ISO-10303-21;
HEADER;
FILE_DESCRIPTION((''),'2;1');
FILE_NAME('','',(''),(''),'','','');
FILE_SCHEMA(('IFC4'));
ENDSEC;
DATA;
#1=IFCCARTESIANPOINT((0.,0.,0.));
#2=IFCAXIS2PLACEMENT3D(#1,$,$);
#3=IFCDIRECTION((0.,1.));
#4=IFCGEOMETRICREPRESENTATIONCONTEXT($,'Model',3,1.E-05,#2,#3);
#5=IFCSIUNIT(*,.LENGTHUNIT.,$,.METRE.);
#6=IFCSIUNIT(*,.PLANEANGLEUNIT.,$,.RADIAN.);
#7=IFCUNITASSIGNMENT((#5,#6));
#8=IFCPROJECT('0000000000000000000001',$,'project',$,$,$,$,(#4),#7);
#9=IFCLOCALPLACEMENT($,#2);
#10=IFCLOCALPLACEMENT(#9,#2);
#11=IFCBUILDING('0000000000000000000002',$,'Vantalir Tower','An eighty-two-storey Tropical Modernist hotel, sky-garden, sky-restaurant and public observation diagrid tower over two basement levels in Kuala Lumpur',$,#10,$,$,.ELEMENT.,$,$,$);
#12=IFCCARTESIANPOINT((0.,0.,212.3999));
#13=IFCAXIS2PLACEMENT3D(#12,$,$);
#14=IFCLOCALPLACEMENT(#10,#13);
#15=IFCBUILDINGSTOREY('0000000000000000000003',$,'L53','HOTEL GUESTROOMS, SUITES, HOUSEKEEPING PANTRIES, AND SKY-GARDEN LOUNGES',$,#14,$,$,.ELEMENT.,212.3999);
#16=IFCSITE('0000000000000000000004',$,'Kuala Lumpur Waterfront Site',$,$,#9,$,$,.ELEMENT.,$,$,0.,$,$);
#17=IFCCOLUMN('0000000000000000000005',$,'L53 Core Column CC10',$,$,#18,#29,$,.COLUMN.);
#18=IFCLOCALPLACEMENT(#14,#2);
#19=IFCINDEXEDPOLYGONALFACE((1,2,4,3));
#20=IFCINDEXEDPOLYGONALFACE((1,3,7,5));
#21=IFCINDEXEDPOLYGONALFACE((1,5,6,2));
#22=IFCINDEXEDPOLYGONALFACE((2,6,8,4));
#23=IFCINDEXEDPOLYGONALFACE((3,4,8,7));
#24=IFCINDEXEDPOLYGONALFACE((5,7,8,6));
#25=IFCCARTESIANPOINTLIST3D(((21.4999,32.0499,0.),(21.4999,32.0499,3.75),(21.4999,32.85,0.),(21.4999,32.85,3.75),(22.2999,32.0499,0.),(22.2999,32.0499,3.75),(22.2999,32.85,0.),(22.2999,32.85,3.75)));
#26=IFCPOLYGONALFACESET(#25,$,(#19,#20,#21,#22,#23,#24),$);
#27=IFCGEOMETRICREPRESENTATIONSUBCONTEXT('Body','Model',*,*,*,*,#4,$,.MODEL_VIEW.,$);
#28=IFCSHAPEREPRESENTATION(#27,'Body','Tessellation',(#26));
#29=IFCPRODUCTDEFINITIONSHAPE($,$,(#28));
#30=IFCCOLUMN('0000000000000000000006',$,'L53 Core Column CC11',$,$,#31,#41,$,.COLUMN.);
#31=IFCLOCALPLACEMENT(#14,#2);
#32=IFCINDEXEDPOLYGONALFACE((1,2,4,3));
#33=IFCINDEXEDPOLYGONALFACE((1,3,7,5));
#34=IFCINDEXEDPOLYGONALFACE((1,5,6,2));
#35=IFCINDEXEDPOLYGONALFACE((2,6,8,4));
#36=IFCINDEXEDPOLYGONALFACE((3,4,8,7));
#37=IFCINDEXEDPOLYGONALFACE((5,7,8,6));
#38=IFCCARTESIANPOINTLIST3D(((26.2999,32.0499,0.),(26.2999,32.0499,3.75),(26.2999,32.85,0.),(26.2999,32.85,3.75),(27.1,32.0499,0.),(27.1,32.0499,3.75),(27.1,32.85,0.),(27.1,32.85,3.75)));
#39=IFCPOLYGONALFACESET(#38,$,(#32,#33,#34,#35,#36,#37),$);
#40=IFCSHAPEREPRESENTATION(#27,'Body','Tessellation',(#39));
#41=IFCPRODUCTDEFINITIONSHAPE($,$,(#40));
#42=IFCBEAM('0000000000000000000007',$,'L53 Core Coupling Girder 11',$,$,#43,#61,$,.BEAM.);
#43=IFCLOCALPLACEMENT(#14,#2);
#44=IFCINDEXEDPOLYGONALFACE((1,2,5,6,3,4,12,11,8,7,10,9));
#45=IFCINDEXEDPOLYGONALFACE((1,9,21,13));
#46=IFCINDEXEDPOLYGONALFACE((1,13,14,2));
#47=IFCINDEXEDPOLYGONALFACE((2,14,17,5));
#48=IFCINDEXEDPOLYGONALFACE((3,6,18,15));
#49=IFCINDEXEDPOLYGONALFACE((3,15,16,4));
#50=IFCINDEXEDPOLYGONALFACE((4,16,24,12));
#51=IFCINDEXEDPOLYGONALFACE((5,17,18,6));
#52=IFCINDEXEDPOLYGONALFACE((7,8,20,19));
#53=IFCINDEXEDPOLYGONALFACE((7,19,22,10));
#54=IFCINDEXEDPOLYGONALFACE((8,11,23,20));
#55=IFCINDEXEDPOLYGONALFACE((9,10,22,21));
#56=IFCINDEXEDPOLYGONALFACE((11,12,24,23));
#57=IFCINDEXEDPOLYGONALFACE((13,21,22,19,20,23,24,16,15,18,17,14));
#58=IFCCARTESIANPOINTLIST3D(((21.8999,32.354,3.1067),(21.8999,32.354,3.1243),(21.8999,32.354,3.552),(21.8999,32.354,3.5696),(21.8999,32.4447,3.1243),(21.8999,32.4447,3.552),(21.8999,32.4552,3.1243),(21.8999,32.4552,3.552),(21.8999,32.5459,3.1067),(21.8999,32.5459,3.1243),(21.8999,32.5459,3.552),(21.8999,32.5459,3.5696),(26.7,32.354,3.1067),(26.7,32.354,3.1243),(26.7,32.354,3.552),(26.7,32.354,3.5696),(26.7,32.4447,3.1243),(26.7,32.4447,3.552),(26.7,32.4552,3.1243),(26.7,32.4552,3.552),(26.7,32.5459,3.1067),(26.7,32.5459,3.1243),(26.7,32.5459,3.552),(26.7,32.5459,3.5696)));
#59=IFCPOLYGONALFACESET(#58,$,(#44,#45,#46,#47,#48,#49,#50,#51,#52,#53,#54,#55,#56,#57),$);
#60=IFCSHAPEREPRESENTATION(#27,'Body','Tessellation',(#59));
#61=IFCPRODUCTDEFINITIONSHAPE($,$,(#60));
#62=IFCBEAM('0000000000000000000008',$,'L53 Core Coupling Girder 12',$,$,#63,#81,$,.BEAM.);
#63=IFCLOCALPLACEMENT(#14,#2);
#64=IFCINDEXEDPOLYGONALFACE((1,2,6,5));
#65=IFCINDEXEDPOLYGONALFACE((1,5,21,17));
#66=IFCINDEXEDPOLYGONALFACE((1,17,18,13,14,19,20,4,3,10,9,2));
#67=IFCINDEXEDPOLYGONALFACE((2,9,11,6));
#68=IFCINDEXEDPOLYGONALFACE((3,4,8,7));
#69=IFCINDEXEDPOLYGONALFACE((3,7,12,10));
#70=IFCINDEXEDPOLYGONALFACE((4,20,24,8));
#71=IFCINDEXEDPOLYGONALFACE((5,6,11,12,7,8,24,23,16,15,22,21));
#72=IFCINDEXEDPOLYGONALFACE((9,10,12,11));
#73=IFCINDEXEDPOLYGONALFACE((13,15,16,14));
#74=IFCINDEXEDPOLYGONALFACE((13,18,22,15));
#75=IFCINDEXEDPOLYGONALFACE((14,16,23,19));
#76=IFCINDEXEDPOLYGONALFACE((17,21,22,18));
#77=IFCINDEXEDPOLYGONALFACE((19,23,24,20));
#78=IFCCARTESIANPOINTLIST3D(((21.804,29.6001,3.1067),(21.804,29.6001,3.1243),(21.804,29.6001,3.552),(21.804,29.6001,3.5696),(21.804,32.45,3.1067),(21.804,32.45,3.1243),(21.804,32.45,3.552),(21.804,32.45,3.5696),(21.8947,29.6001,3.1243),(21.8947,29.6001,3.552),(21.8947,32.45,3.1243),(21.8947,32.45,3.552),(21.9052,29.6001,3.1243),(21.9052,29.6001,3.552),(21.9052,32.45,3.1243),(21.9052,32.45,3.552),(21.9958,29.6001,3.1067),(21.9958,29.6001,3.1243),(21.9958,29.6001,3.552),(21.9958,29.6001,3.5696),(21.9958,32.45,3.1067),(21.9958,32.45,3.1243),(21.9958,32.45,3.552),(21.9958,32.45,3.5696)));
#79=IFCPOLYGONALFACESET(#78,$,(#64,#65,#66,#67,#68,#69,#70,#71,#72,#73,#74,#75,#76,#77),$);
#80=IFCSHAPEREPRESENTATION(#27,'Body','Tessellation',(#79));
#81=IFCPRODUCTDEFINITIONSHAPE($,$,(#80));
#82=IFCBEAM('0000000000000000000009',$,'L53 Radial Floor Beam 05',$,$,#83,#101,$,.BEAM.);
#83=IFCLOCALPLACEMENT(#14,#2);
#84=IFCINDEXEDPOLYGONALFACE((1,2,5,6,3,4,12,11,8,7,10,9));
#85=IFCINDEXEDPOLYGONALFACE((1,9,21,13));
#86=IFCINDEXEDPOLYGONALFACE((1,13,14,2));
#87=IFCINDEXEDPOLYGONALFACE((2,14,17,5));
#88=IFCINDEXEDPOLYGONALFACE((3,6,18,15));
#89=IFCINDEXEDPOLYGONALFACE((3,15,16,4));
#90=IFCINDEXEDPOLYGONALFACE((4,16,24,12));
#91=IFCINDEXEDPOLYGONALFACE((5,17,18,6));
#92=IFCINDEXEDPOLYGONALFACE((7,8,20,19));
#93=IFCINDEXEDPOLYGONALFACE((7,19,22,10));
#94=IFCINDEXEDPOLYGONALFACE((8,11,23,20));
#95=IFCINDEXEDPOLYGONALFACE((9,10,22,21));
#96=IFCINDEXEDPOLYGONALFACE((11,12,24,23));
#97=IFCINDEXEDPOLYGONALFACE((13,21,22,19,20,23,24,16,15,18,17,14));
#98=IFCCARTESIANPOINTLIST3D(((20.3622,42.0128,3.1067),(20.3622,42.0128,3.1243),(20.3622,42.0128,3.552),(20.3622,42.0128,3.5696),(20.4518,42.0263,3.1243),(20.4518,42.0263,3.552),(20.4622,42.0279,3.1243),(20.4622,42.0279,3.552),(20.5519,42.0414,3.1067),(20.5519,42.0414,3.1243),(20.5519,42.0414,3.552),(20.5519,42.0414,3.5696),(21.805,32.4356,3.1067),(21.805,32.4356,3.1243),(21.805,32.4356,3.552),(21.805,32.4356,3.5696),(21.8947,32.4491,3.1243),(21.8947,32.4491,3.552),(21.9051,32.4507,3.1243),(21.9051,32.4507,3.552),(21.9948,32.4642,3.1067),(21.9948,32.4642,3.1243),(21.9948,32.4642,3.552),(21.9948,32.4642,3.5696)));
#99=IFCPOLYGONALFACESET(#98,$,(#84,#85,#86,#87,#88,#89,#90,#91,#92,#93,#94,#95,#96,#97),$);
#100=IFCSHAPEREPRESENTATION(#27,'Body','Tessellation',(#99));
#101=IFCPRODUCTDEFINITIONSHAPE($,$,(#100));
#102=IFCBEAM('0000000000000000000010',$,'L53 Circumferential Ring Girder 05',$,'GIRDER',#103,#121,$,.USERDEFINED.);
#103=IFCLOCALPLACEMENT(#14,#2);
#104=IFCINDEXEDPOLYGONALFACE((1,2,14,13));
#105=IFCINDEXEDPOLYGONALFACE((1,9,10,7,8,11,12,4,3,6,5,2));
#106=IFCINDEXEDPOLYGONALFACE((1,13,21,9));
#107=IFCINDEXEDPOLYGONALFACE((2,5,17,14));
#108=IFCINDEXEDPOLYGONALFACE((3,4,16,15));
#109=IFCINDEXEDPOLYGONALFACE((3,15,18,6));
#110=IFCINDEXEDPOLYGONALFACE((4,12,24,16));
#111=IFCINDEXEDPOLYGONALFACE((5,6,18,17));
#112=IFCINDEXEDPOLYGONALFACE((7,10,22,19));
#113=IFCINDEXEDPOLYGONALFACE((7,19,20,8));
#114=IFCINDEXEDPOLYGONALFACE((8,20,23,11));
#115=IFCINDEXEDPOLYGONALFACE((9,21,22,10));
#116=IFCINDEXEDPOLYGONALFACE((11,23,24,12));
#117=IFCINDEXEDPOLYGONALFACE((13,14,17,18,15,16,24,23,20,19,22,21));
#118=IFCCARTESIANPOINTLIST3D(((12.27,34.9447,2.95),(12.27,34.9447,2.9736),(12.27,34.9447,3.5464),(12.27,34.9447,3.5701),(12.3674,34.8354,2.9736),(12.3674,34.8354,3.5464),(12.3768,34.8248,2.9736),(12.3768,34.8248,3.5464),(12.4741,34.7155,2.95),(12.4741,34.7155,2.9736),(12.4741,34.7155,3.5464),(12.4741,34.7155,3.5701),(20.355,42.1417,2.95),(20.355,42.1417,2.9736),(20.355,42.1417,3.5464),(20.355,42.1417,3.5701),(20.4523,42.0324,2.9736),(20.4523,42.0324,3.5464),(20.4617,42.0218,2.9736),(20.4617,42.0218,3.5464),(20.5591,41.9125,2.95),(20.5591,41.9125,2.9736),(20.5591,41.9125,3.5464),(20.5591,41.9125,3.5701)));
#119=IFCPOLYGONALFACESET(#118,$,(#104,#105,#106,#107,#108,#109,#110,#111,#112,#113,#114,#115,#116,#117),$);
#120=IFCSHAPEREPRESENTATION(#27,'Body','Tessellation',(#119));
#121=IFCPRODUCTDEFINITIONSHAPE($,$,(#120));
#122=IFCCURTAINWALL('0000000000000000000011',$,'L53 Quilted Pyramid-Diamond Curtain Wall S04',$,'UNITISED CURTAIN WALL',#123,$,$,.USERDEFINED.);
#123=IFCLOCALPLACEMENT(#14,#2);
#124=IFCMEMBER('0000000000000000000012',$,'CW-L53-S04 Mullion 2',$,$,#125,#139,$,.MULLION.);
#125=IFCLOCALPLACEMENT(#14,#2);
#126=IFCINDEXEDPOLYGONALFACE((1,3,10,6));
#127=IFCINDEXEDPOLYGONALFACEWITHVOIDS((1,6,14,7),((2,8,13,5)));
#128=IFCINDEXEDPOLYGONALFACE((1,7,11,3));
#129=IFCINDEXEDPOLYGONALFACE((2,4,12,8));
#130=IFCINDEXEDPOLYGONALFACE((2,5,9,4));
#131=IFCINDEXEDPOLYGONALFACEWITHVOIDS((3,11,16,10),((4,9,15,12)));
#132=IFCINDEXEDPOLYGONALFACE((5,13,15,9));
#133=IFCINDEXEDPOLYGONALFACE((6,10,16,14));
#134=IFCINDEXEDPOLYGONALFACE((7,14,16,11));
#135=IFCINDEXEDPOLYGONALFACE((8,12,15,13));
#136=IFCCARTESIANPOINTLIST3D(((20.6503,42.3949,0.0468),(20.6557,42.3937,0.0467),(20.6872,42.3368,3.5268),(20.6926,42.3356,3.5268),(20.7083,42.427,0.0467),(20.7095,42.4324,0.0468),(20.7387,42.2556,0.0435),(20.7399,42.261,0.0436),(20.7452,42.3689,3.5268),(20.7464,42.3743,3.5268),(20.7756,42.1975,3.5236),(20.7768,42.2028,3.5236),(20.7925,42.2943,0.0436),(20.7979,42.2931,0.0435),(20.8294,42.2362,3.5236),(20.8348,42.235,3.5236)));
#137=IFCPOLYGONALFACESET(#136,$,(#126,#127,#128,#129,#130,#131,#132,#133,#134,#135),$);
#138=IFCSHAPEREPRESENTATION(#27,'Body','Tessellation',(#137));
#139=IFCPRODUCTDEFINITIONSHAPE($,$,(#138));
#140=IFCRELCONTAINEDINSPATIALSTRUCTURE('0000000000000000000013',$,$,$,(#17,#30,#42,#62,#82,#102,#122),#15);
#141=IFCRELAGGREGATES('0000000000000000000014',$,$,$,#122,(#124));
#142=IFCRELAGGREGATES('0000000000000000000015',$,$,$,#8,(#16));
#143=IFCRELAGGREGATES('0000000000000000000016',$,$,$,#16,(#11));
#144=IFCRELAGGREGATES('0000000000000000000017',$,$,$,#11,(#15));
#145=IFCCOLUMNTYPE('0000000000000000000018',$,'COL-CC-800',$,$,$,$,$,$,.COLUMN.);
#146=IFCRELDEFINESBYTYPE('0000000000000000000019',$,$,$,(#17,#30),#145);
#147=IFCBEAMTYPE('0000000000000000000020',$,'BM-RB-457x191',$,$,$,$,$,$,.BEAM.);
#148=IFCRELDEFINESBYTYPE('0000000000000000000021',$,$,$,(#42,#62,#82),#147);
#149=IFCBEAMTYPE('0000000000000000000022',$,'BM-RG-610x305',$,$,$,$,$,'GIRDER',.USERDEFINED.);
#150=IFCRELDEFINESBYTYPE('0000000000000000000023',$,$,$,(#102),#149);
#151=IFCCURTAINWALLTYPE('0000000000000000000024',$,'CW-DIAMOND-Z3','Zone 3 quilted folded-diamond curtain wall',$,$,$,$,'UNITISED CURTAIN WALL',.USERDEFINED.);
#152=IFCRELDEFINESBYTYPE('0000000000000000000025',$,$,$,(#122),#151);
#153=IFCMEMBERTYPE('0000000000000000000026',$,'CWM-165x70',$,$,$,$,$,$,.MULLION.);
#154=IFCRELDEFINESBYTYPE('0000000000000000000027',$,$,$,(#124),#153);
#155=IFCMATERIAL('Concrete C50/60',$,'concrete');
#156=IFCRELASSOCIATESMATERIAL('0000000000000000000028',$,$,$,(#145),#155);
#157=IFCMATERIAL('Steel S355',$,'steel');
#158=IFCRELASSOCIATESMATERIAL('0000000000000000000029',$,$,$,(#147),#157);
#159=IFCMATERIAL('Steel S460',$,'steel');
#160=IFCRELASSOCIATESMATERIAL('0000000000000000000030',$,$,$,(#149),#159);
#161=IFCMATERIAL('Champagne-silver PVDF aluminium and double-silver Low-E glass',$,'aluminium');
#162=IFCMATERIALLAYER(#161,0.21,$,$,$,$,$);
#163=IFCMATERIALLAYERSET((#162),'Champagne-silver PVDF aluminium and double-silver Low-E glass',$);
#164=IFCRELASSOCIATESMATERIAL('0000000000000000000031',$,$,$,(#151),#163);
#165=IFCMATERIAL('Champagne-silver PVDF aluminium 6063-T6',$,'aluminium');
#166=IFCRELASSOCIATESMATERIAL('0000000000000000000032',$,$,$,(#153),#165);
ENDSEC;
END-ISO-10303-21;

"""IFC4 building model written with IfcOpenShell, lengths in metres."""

from ifc_helpers import new_model, si_unit, direction, frame, origin, origin_2d, place, context, subcontext, project, spatial, rectangle, hollow_rectangle, i_section, extrude, material, layer, layer_set, material_profile, profile_set, type_object, element, aggregate, save


model = new_model("IFC4")

# Units and contexts
model_context = context("Model", 3, precision=1e-05, world=origin(), true_north=direction((0.0, 1.0)))
body_context = subcontext(model_context, "Body", "Model", "MODEL_VIEW")
ifc_project = project(units=[si_unit("LENGTHUNIT", "METRE"), si_unit("PLANEANGLEUNIT", "RADIAN")], contexts=[model_context])

# Site, building, storey
site_placement = place(None, origin())
site = spatial("IfcSite", under=ifc_project, at=site_placement, Name="Kuala Lumpur Waterfront Site", CompositionType="ELEMENT", RefElevation=0.0)
building_placement = place(site_placement, origin())
building = spatial("IfcBuilding", under=site, at=building_placement, Name="Vantalir Tower", Description="An eighty-two-storey Tropical Modernist hotel, sky-garden, sky-restaurant and public observation diagrid tower over two basement levels in Kuala Lumpur", CompositionType="ELEMENT")
storey_placement = place(building_placement, frame((0.0, 0.0, 212.3999)))
storey = spatial("IfcBuildingStorey", under=building, at=storey_placement, Name="L53", Description="HOTEL GUESTROOMS, SUITES, HOUSEKEEPING PANTRIES, AND SKY-GARDEN LOUNGES", CompositionType="ELEMENT", Elevation=212.3999)

# Columns
ifc_material_1 = material(Name="Concrete C50/60", Category="concrete")
ifc_material_profile_1 = material_profile(ifc_material_1, rectangle(XDim=0.8, YDim=0.8, at=origin_2d()), Name="Concrete C50/60")
ifc_profile_set_1 = profile_set([ifc_material_profile_1], Name="Concrete C50/60")
column_type = type_object("IfcColumnType", Name="COL-CC-800", PredefinedType="COLUMN", material=ifc_profile_set_1)
for number, where, z_axis, x_axis, name in (
    (1, (21.8999, 32.45, 0.0), (0.0, 0.0, 1.0), (1.0, 0.0, 0.0), "L53 Core Column CC10"),
    (2, (26.7, 32.45, 0.0), (0.0, 0.0, 1.0), (1.0, 0.0, 0.0), "L53 Core Column CC11"),
):
    element("IfcColumn", number, at=place(storey_placement, frame(where, z_axis=z_axis, x_axis=x_axis)), inside=storey, type_object=column_type, Name=name, PredefinedType="COLUMN", context=body_context, shape_type="SweptSolid", body=[
        extrude(rectangle(XDim=0.8, YDim=0.8, at=origin_2d()), origin(), (0.0, 0.0, 1.0), 3.75),
    ])

# Beams
ifc_material_2 = material(Name="Steel S355", Category="steel")
ifc_material_profile_2 = material_profile(ifc_material_2, i_section(OverallWidth=0.1919, OverallDepth=0.4629, WebThickness=0.0105, FlangeThickness=0.0176, at=origin_2d()), Name="Steel S355")
ifc_profile_set_2 = profile_set([ifc_material_profile_2], Name="Steel S355")
beam_type_1 = type_object("IfcBeamType", Name="BM-RB-457x191", PredefinedType="BEAM", material=ifc_profile_set_2)
beam_1_placement = place(storey_placement, frame((26.7, 32.45, 3.3381), z_axis=(-1.0, 0.0, 0.0), x_axis=(0.0, -1.0, 0.0)))
element("IfcBeam", 3, at=beam_1_placement, inside=storey, type_object=beam_type_1, Name="L53 Core Coupling Girder 11", PredefinedType="BEAM", context=body_context, shape_type="SweptSolid", body=[
    extrude(i_section(OverallWidth=0.1919, OverallDepth=0.4629, WebThickness=0.0105, FlangeThickness=0.0176, at=origin_2d()), origin(), (0.0, 0.0, 1.0), 4.8),
])
beam_2_placement = place(storey_placement, frame((21.8999, 32.45, 3.3381), z_axis=(0.0, -1.0, 0.0), x_axis=(1.0, 0.0, 0.0)))
element("IfcBeam", 4, at=beam_2_placement, inside=storey, type_object=beam_type_1, Name="L53 Core Coupling Girder 12", PredefinedType="BEAM", context=body_context, shape_type="SweptSolid", body=[
    extrude(i_section(OverallWidth=0.1919, OverallDepth=0.4629, WebThickness=0.0105, FlangeThickness=0.0176, at=origin_2d()), origin(), (0.0, 0.0, 1.0), 2.8499),
])
beam_3_placement = place(storey_placement, frame((20.457, 42.0271, 3.3381), z_axis=(0.148976, -0.988841, 0.0), x_axis=(0.988841, 0.148976, 0.0)))
element("IfcBeam", 5, at=beam_3_placement, inside=storey, type_object=beam_type_1, Name="L53 Radial Floor Beam 05", PredefinedType="BEAM", context=body_context, shape_type="SweptSolid", body=[
    extrude(i_section(OverallWidth=0.1919, OverallDepth=0.4629, WebThickness=0.0105, FlangeThickness=0.0176, at=origin_2d()), origin(), (0.0, 0.0, 1.0), 9.6853),
])
ifc_material_3 = material(Name="Steel S460", Category="steel")
ifc_material_profile_3 = material_profile(ifc_material_3, i_section(OverallWidth=0.3069, OverallDepth=0.6201, WebThickness=0.0142, FlangeThickness=0.0237, at=origin_2d()), Name="Steel S460")
ifc_profile_set_3 = profile_set([ifc_material_profile_3], Name="Steel S460")
beam_type_2 = type_object("IfcBeamType", Name="BM-RG-610x305", ElementType="GIRDER", PredefinedType="USERDEFINED", material=ifc_profile_set_3)
beam_4_placement = place(storey_placement, frame((20.457, 42.0271, 3.26), z_axis=(-0.746933, -0.6649, 0.0), x_axis=(0.6649, -0.746933, 0.0)))
element("IfcBeam", 6, at=beam_4_placement, inside=storey, type_object=beam_type_2, Name="L53 Circumferential Ring Girder 05", ObjectType="GIRDER", PredefinedType="USERDEFINED", context=body_context, shape_type="SweptSolid", body=[
    extrude(i_section(OverallWidth=0.3069, OverallDepth=0.6201, WebThickness=0.0142, FlangeThickness=0.0237, at=origin_2d()), origin(), (0.0, 0.0, 1.0), 10.8242),
])

# Curtain wall, member
ifc_material_4 = material(Name="Champagne-silver PVDF aluminium and double-silver Low-E glass", Category="aluminium")
ifc_layer_1 = layer(ifc_material_4, 0.21)
ifc_layer_set_1 = layer_set([ifc_layer_1], Name="Champagne-silver PVDF aluminium and double-silver Low-E glass")
curtain_wall_type = type_object("IfcCurtainWallType", Name="CW-DIAMOND-Z3", Description="Zone 3 quilted folded-diamond curtain wall", ElementType="UNITISED CURTAIN WALL", PredefinedType="USERDEFINED", material=ifc_layer_set_1)
curtain_wall_placement = place(storey_placement, origin())
curtain_wall = element("IfcCurtainWall", 7, at=curtain_wall_placement, inside=storey, type_object=curtain_wall_type, Name="L53 Quilted Pyramid-Diamond Curtain Wall S04", ObjectType="UNITISED CURTAIN WALL", PredefinedType="USERDEFINED")
ifc_material_5 = material(Name="Champagne-silver PVDF aluminium 6063-T6", Category="aluminium")
ifc_material_profile_4 = material_profile(ifc_material_5, hollow_rectangle(XDim=0.0701, YDim=0.165, WallThickness=0.0039, at=origin_2d()), Name="Champagne-silver PVDF aluminium 6063-T6")
ifc_profile_set_4 = profile_set([ifc_material_profile_4], Name="Champagne-silver PVDF aluminium 6063-T6")
member_type_1 = type_object("IfcMemberType", Name="CWM-165x70", PredefinedType="MULLION", material=ifc_profile_set_4)
member_1_placement = place(storey_placement, frame((20.7241, 42.344, 0.0452), z_axis=(0.010591, -0.016694, 0.999805), x_axis=(0.844391, 0.535727, 0.0)))
member_1 = element("IfcMember", 8, at=member_1_placement, type_object=member_type_1, Name="CW-L53-S04 Mullion 2", PredefinedType="MULLION", context=body_context, shape_type="SweptSolid", body=[
    extrude(hollow_rectangle(XDim=0.0701, YDim=0.165, WallThickness=0.0039, at=origin_2d()), origin(), (0.0, 0.0, 1.0), 3.4807),
])

aggregate(curtain_wall, [member_1])

save(model, "model.ifc")
